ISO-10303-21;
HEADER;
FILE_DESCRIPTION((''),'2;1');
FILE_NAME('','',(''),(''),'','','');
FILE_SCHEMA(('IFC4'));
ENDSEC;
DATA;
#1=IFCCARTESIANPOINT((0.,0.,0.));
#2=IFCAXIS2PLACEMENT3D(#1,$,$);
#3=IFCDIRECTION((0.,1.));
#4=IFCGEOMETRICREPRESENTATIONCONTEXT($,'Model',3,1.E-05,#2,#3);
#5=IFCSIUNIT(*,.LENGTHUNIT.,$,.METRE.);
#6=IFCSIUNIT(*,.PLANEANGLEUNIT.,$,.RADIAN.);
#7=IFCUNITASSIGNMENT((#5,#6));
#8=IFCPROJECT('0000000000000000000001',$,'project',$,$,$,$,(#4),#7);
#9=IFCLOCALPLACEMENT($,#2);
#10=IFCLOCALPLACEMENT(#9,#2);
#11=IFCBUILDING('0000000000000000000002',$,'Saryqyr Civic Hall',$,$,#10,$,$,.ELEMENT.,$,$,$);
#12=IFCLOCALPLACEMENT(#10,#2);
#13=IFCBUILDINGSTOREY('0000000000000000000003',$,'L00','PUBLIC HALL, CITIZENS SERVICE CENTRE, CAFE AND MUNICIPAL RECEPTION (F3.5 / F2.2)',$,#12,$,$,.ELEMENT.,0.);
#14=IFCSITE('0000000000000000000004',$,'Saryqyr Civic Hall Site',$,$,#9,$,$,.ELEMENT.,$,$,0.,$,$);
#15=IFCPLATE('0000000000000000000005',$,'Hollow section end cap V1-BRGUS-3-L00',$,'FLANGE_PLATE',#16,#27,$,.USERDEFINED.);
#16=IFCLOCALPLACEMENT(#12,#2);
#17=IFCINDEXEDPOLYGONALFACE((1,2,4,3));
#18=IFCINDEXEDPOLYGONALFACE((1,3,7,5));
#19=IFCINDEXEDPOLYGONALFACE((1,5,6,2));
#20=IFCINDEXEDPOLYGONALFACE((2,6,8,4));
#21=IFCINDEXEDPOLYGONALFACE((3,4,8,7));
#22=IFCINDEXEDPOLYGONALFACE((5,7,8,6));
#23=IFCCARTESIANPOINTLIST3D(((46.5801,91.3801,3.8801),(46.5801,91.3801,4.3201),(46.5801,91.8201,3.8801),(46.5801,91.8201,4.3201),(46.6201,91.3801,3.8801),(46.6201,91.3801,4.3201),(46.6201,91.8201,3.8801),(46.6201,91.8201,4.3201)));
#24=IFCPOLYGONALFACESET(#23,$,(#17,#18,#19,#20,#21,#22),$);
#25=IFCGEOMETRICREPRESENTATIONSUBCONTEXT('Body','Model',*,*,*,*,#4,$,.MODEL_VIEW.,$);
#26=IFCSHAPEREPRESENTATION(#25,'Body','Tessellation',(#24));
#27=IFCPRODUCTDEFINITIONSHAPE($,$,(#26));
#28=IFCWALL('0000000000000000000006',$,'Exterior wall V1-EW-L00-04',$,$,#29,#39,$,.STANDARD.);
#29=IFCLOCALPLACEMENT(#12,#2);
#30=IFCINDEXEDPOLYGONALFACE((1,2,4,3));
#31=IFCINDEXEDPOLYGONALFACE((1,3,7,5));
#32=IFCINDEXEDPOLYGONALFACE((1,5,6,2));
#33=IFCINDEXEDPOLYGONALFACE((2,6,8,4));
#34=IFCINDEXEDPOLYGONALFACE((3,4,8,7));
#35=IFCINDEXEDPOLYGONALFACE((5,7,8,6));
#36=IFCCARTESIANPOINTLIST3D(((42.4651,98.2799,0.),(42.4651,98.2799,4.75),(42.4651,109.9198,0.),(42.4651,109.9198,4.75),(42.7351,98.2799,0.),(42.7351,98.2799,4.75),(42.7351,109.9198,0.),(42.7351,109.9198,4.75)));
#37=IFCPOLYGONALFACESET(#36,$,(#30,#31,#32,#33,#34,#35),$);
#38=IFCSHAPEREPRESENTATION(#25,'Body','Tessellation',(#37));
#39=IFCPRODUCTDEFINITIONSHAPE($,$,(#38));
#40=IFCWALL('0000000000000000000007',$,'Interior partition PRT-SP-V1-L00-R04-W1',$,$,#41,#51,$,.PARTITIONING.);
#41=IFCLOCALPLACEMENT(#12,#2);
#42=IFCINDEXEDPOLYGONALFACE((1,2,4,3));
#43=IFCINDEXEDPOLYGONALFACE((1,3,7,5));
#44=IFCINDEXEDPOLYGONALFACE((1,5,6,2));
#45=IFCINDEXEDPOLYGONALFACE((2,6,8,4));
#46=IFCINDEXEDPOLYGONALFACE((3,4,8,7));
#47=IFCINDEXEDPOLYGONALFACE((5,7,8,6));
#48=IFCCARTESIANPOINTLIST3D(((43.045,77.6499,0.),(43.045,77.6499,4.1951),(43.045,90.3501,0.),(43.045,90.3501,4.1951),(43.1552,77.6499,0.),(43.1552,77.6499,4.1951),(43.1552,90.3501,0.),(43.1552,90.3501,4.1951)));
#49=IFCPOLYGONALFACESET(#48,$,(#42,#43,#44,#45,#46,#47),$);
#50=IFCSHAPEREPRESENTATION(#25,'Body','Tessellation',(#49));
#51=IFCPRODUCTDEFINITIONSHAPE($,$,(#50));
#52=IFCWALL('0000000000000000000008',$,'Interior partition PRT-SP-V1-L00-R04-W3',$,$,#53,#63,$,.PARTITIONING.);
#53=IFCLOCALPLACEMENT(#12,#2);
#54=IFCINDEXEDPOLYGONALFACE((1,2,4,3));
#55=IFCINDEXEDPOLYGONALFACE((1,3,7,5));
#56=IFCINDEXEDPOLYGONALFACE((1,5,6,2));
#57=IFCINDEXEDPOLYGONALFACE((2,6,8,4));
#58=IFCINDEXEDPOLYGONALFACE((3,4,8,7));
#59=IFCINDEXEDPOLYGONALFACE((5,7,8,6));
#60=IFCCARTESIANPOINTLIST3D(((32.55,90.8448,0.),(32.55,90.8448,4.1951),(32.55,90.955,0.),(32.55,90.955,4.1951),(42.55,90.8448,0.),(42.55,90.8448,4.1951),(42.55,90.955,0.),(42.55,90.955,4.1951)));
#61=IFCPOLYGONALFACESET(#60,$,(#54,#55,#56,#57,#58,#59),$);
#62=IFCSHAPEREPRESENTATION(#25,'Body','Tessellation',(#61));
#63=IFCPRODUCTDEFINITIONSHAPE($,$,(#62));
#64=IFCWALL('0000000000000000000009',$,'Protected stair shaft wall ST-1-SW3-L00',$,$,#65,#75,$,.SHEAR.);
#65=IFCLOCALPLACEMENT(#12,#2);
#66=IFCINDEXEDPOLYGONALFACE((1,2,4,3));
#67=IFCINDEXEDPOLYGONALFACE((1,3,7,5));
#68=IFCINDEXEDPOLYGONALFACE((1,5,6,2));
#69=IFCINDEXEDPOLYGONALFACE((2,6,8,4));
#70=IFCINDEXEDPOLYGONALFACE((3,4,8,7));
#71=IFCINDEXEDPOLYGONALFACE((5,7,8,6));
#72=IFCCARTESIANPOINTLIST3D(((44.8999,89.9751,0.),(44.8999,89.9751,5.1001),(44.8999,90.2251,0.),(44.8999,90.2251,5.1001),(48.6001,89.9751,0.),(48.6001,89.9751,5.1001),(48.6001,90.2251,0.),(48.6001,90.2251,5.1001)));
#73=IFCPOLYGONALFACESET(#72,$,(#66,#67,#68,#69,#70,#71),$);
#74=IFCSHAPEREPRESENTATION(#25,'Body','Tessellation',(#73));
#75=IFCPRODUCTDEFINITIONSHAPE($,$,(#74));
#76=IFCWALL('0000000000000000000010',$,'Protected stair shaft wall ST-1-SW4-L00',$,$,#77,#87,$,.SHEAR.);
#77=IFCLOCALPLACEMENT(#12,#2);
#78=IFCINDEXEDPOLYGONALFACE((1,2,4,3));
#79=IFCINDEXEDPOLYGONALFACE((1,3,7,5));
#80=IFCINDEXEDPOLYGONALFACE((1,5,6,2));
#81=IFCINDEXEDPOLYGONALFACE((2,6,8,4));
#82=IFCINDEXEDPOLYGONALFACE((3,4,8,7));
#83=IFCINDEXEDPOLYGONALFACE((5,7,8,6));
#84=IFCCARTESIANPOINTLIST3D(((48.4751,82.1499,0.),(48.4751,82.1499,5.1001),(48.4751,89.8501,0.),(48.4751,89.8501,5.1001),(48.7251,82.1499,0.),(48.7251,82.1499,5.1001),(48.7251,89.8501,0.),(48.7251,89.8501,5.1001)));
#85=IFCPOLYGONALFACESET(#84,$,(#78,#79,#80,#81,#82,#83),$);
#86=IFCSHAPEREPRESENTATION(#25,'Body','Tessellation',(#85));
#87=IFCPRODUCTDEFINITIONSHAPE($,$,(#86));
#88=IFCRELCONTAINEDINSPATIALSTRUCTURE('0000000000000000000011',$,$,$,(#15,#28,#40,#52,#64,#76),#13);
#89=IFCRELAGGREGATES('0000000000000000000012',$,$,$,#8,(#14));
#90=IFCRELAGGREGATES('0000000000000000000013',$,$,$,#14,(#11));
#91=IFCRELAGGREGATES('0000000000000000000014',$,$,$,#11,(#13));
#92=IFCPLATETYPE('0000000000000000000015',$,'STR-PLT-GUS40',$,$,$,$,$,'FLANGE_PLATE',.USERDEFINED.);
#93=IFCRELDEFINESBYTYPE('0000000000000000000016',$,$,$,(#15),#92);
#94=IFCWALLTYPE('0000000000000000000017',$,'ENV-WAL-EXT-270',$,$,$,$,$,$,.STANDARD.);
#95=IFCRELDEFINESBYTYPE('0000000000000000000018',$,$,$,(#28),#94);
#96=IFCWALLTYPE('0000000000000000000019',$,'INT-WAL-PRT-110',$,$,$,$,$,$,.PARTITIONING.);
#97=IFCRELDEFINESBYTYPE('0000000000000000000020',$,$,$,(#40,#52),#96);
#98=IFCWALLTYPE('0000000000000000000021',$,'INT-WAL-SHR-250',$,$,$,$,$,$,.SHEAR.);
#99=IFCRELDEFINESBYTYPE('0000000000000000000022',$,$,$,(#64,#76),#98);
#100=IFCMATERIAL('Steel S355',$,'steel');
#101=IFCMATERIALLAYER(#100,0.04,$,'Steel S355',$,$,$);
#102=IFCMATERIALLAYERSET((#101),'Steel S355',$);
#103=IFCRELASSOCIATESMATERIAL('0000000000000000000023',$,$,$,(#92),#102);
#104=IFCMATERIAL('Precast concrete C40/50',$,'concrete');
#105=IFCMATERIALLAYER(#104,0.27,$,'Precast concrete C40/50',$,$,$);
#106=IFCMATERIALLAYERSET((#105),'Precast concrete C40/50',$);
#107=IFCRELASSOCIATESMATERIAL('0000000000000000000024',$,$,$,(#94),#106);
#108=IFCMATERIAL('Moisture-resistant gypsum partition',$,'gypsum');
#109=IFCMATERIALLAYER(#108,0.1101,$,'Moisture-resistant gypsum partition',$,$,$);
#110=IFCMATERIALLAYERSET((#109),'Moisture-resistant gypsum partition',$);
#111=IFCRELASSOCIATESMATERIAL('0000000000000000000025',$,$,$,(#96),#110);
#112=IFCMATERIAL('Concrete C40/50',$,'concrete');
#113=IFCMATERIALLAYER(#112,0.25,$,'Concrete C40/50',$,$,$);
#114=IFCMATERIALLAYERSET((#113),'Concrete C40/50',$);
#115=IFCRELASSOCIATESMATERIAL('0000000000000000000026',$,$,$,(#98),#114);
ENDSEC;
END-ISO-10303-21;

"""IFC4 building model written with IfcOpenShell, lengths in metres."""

from ifc_helpers import new_model, si_unit, direction, frame, frame_2d, origin, origin_2d, place, context, subcontext, project, spatial, rectangle, extrude, material, layer, layer_set, type_object, element, save


model = new_model("IFC4")

# Units and contexts
model_context = context("Model", 3, precision=1e-05, world=origin(), true_north=direction((0.0, 1.0)))
body_context = subcontext(model_context, "Body", "Model", "MODEL_VIEW")
ifc_project = project(units=[si_unit("LENGTHUNIT", "METRE"), si_unit("PLANEANGLEUNIT", "RADIAN")], contexts=[model_context])

# Site, building, storey
site_placement = place(None, origin())
site = spatial("IfcSite", under=ifc_project, at=site_placement, Name="Saryqyr Civic Hall Site", CompositionType="ELEMENT", RefElevation=0.0)
building_placement = place(site_placement, origin())
building = spatial("IfcBuilding", under=site, at=building_placement, Name="Saryqyr Civic Hall", CompositionType="ELEMENT")
storey_placement = place(building_placement, origin())
storey = spatial("IfcBuildingStorey", under=building, at=storey_placement, Name="L00", Description="PUBLIC HALL, CITIZENS SERVICE CENTRE, CAFE AND MUNICIPAL RECEPTION (F3.5 / F2.2)", CompositionType="ELEMENT", Elevation=0.0)

# Shared definitions
ifc_material_1 = material(Name="Concrete C40/50", Category="concrete")

# Shared definitions
ifc_material_2 = material(Name="Steel S355", Category="steel")

# Plate
ifc_layer_1 = layer(ifc_material_2, 0.04, Name="Steel S355")
ifc_layer_set_1 = layer_set([ifc_layer_1], Name="Steel S355")
plate_type_1 = type_object("IfcPlateType", Name="STR-PLT-GUS40", ElementType="FLANGE_PLATE", PredefinedType="USERDEFINED", material=ifc_layer_set_1)
plate_1_placement = place(storey_placement, frame((46.6001, 91.6001, 3.8801), z_axis=(0.0, 0.0, 1.0), x_axis=(1.0, 0.0, 0.0)))
element("IfcPlate", 1, at=plate_1_placement, inside=storey, type_object=plate_type_1, Name="Hollow section end cap V1-BRGUS-3-L00", ObjectType="FLANGE_PLATE", PredefinedType="USERDEFINED", context=body_context, shape_type="SweptSolid", body=[
    extrude(rectangle(XDim=0.04, YDim=0.4399, at=origin_2d()), origin(), (0.0, 0.0, 1.0), 0.4399),
])

# Walls
ifc_material_3 = material(Name="Precast concrete C40/50", Category="concrete")
ifc_layer_2 = layer(ifc_material_3, 0.27, Name="Precast concrete C40/50")
ifc_layer_set_2 = layer_set([ifc_layer_2], Name="Precast concrete C40/50")
wall_type_1 = type_object("IfcWallType", Name="ENV-WAL-EXT-270", PredefinedType="STANDARD", material=ifc_layer_set_2)
wall_1_placement = place(storey_placement, frame((42.6001, 98.28, 0.0), z_axis=(0.0, 0.0, 1.0), x_axis=(0.0, 1.0, 0.0)))
element("IfcWall", 2, at=wall_1_placement, inside=storey, type_object=wall_type_1, Name="Exterior wall V1-EW-L00-04", PredefinedType="STANDARD", context=body_context, shape_type="SweptSolid", body=[
    extrude(rectangle(XDim=11.6399, YDim=0.27, at=frame_2d((5.8198, 0.0))), origin(), (0.0, 0.0, 1.0), 4.75),
])
ifc_material_4 = material(Name="Moisture-resistant gypsum partition", Category="gypsum")
ifc_layer_3 = layer(ifc_material_4, 0.1101, Name="Moisture-resistant gypsum partition")
ifc_layer_set_3 = layer_set([ifc_layer_3], Name="Moisture-resistant gypsum partition")
wall_type_2 = type_object("IfcWallType", Name="INT-WAL-PRT-110", PredefinedType="PARTITIONING", material=ifc_layer_set_3)
wall_2_placement = place(storey_placement, frame((43.1001, 90.3501, 0.0), z_axis=(0.0, 0.0, 1.0), x_axis=(0.0, -1.0, 0.0)))
element("IfcWall", 3, at=wall_2_placement, inside=storey, type_object=wall_type_2, Name="Interior partition PRT-SP-V1-L00-R04-W1", PredefinedType="PARTITIONING", context=body_context, shape_type="SweptSolid", body=[
    extrude(rectangle(XDim=12.7002, YDim=0.1101, at=frame_2d((6.3501, 0.0))), origin(), (0.0, 0.0, 1.0), 4.1951),
])
wall_3_placement = place(storey_placement, frame((32.55, 90.8999, 0.0), z_axis=(0.0, 0.0, 1.0), x_axis=(1.0, 0.0, 0.0)))
element("IfcWall", 4, at=wall_3_placement, inside=storey, type_object=wall_type_2, Name="Interior partition PRT-SP-V1-L00-R04-W3", PredefinedType="PARTITIONING", context=body_context, shape_type="SweptSolid", body=[
    extrude(rectangle(XDim=10.0, YDim=0.1101, at=frame_2d((5.0, 0.0))), origin(), (0.0, 0.0, 1.0), 4.1951),
])
ifc_layer_4 = layer(ifc_material_1, 0.25, Name="Concrete C40/50")
ifc_layer_set_4 = layer_set([ifc_layer_4], Name="Concrete C40/50")
wall_type_3 = type_object("IfcWallType", Name="INT-WAL-SHR-250", PredefinedType="SHEAR", material=ifc_layer_set_4)
wall_4_placement = place(storey_placement, frame((44.8999, 90.1001, 0.0), z_axis=(0.0, 0.0, 1.0), x_axis=(1.0, 0.0, 0.0)))
element("IfcWall", 5, at=wall_4_placement, inside=storey, type_object=wall_type_3, Name="Protected stair shaft wall ST-1-SW3-L00", PredefinedType="SHEAR", context=body_context, shape_type="SweptSolid", body=[
    extrude(rectangle(XDim=3.7002, YDim=0.25, at=frame_2d((1.8501, 0.0))), origin(), (0.0, 0.0, 1.0), 5.1001),
])
wall_5_placement = place(storey_placement, frame((48.6001, 89.8501, 0.0), z_axis=(0.0, 0.0, 1.0), x_axis=(0.0, -1.0, 0.0)))
element("IfcWall", 6, at=wall_5_placement, inside=storey, type_object=wall_type_3, Name="Protected stair shaft wall ST-1-SW4-L00", PredefinedType="SHEAR", context=body_context, shape_type="SweptSolid", body=[
    extrude(rectangle(XDim=7.7002, YDim=0.25, at=frame_2d((3.8501, 0.0))), origin(), (0.0, 0.0, 1.0), 5.1001),
])

save(model, "model.ifc")
